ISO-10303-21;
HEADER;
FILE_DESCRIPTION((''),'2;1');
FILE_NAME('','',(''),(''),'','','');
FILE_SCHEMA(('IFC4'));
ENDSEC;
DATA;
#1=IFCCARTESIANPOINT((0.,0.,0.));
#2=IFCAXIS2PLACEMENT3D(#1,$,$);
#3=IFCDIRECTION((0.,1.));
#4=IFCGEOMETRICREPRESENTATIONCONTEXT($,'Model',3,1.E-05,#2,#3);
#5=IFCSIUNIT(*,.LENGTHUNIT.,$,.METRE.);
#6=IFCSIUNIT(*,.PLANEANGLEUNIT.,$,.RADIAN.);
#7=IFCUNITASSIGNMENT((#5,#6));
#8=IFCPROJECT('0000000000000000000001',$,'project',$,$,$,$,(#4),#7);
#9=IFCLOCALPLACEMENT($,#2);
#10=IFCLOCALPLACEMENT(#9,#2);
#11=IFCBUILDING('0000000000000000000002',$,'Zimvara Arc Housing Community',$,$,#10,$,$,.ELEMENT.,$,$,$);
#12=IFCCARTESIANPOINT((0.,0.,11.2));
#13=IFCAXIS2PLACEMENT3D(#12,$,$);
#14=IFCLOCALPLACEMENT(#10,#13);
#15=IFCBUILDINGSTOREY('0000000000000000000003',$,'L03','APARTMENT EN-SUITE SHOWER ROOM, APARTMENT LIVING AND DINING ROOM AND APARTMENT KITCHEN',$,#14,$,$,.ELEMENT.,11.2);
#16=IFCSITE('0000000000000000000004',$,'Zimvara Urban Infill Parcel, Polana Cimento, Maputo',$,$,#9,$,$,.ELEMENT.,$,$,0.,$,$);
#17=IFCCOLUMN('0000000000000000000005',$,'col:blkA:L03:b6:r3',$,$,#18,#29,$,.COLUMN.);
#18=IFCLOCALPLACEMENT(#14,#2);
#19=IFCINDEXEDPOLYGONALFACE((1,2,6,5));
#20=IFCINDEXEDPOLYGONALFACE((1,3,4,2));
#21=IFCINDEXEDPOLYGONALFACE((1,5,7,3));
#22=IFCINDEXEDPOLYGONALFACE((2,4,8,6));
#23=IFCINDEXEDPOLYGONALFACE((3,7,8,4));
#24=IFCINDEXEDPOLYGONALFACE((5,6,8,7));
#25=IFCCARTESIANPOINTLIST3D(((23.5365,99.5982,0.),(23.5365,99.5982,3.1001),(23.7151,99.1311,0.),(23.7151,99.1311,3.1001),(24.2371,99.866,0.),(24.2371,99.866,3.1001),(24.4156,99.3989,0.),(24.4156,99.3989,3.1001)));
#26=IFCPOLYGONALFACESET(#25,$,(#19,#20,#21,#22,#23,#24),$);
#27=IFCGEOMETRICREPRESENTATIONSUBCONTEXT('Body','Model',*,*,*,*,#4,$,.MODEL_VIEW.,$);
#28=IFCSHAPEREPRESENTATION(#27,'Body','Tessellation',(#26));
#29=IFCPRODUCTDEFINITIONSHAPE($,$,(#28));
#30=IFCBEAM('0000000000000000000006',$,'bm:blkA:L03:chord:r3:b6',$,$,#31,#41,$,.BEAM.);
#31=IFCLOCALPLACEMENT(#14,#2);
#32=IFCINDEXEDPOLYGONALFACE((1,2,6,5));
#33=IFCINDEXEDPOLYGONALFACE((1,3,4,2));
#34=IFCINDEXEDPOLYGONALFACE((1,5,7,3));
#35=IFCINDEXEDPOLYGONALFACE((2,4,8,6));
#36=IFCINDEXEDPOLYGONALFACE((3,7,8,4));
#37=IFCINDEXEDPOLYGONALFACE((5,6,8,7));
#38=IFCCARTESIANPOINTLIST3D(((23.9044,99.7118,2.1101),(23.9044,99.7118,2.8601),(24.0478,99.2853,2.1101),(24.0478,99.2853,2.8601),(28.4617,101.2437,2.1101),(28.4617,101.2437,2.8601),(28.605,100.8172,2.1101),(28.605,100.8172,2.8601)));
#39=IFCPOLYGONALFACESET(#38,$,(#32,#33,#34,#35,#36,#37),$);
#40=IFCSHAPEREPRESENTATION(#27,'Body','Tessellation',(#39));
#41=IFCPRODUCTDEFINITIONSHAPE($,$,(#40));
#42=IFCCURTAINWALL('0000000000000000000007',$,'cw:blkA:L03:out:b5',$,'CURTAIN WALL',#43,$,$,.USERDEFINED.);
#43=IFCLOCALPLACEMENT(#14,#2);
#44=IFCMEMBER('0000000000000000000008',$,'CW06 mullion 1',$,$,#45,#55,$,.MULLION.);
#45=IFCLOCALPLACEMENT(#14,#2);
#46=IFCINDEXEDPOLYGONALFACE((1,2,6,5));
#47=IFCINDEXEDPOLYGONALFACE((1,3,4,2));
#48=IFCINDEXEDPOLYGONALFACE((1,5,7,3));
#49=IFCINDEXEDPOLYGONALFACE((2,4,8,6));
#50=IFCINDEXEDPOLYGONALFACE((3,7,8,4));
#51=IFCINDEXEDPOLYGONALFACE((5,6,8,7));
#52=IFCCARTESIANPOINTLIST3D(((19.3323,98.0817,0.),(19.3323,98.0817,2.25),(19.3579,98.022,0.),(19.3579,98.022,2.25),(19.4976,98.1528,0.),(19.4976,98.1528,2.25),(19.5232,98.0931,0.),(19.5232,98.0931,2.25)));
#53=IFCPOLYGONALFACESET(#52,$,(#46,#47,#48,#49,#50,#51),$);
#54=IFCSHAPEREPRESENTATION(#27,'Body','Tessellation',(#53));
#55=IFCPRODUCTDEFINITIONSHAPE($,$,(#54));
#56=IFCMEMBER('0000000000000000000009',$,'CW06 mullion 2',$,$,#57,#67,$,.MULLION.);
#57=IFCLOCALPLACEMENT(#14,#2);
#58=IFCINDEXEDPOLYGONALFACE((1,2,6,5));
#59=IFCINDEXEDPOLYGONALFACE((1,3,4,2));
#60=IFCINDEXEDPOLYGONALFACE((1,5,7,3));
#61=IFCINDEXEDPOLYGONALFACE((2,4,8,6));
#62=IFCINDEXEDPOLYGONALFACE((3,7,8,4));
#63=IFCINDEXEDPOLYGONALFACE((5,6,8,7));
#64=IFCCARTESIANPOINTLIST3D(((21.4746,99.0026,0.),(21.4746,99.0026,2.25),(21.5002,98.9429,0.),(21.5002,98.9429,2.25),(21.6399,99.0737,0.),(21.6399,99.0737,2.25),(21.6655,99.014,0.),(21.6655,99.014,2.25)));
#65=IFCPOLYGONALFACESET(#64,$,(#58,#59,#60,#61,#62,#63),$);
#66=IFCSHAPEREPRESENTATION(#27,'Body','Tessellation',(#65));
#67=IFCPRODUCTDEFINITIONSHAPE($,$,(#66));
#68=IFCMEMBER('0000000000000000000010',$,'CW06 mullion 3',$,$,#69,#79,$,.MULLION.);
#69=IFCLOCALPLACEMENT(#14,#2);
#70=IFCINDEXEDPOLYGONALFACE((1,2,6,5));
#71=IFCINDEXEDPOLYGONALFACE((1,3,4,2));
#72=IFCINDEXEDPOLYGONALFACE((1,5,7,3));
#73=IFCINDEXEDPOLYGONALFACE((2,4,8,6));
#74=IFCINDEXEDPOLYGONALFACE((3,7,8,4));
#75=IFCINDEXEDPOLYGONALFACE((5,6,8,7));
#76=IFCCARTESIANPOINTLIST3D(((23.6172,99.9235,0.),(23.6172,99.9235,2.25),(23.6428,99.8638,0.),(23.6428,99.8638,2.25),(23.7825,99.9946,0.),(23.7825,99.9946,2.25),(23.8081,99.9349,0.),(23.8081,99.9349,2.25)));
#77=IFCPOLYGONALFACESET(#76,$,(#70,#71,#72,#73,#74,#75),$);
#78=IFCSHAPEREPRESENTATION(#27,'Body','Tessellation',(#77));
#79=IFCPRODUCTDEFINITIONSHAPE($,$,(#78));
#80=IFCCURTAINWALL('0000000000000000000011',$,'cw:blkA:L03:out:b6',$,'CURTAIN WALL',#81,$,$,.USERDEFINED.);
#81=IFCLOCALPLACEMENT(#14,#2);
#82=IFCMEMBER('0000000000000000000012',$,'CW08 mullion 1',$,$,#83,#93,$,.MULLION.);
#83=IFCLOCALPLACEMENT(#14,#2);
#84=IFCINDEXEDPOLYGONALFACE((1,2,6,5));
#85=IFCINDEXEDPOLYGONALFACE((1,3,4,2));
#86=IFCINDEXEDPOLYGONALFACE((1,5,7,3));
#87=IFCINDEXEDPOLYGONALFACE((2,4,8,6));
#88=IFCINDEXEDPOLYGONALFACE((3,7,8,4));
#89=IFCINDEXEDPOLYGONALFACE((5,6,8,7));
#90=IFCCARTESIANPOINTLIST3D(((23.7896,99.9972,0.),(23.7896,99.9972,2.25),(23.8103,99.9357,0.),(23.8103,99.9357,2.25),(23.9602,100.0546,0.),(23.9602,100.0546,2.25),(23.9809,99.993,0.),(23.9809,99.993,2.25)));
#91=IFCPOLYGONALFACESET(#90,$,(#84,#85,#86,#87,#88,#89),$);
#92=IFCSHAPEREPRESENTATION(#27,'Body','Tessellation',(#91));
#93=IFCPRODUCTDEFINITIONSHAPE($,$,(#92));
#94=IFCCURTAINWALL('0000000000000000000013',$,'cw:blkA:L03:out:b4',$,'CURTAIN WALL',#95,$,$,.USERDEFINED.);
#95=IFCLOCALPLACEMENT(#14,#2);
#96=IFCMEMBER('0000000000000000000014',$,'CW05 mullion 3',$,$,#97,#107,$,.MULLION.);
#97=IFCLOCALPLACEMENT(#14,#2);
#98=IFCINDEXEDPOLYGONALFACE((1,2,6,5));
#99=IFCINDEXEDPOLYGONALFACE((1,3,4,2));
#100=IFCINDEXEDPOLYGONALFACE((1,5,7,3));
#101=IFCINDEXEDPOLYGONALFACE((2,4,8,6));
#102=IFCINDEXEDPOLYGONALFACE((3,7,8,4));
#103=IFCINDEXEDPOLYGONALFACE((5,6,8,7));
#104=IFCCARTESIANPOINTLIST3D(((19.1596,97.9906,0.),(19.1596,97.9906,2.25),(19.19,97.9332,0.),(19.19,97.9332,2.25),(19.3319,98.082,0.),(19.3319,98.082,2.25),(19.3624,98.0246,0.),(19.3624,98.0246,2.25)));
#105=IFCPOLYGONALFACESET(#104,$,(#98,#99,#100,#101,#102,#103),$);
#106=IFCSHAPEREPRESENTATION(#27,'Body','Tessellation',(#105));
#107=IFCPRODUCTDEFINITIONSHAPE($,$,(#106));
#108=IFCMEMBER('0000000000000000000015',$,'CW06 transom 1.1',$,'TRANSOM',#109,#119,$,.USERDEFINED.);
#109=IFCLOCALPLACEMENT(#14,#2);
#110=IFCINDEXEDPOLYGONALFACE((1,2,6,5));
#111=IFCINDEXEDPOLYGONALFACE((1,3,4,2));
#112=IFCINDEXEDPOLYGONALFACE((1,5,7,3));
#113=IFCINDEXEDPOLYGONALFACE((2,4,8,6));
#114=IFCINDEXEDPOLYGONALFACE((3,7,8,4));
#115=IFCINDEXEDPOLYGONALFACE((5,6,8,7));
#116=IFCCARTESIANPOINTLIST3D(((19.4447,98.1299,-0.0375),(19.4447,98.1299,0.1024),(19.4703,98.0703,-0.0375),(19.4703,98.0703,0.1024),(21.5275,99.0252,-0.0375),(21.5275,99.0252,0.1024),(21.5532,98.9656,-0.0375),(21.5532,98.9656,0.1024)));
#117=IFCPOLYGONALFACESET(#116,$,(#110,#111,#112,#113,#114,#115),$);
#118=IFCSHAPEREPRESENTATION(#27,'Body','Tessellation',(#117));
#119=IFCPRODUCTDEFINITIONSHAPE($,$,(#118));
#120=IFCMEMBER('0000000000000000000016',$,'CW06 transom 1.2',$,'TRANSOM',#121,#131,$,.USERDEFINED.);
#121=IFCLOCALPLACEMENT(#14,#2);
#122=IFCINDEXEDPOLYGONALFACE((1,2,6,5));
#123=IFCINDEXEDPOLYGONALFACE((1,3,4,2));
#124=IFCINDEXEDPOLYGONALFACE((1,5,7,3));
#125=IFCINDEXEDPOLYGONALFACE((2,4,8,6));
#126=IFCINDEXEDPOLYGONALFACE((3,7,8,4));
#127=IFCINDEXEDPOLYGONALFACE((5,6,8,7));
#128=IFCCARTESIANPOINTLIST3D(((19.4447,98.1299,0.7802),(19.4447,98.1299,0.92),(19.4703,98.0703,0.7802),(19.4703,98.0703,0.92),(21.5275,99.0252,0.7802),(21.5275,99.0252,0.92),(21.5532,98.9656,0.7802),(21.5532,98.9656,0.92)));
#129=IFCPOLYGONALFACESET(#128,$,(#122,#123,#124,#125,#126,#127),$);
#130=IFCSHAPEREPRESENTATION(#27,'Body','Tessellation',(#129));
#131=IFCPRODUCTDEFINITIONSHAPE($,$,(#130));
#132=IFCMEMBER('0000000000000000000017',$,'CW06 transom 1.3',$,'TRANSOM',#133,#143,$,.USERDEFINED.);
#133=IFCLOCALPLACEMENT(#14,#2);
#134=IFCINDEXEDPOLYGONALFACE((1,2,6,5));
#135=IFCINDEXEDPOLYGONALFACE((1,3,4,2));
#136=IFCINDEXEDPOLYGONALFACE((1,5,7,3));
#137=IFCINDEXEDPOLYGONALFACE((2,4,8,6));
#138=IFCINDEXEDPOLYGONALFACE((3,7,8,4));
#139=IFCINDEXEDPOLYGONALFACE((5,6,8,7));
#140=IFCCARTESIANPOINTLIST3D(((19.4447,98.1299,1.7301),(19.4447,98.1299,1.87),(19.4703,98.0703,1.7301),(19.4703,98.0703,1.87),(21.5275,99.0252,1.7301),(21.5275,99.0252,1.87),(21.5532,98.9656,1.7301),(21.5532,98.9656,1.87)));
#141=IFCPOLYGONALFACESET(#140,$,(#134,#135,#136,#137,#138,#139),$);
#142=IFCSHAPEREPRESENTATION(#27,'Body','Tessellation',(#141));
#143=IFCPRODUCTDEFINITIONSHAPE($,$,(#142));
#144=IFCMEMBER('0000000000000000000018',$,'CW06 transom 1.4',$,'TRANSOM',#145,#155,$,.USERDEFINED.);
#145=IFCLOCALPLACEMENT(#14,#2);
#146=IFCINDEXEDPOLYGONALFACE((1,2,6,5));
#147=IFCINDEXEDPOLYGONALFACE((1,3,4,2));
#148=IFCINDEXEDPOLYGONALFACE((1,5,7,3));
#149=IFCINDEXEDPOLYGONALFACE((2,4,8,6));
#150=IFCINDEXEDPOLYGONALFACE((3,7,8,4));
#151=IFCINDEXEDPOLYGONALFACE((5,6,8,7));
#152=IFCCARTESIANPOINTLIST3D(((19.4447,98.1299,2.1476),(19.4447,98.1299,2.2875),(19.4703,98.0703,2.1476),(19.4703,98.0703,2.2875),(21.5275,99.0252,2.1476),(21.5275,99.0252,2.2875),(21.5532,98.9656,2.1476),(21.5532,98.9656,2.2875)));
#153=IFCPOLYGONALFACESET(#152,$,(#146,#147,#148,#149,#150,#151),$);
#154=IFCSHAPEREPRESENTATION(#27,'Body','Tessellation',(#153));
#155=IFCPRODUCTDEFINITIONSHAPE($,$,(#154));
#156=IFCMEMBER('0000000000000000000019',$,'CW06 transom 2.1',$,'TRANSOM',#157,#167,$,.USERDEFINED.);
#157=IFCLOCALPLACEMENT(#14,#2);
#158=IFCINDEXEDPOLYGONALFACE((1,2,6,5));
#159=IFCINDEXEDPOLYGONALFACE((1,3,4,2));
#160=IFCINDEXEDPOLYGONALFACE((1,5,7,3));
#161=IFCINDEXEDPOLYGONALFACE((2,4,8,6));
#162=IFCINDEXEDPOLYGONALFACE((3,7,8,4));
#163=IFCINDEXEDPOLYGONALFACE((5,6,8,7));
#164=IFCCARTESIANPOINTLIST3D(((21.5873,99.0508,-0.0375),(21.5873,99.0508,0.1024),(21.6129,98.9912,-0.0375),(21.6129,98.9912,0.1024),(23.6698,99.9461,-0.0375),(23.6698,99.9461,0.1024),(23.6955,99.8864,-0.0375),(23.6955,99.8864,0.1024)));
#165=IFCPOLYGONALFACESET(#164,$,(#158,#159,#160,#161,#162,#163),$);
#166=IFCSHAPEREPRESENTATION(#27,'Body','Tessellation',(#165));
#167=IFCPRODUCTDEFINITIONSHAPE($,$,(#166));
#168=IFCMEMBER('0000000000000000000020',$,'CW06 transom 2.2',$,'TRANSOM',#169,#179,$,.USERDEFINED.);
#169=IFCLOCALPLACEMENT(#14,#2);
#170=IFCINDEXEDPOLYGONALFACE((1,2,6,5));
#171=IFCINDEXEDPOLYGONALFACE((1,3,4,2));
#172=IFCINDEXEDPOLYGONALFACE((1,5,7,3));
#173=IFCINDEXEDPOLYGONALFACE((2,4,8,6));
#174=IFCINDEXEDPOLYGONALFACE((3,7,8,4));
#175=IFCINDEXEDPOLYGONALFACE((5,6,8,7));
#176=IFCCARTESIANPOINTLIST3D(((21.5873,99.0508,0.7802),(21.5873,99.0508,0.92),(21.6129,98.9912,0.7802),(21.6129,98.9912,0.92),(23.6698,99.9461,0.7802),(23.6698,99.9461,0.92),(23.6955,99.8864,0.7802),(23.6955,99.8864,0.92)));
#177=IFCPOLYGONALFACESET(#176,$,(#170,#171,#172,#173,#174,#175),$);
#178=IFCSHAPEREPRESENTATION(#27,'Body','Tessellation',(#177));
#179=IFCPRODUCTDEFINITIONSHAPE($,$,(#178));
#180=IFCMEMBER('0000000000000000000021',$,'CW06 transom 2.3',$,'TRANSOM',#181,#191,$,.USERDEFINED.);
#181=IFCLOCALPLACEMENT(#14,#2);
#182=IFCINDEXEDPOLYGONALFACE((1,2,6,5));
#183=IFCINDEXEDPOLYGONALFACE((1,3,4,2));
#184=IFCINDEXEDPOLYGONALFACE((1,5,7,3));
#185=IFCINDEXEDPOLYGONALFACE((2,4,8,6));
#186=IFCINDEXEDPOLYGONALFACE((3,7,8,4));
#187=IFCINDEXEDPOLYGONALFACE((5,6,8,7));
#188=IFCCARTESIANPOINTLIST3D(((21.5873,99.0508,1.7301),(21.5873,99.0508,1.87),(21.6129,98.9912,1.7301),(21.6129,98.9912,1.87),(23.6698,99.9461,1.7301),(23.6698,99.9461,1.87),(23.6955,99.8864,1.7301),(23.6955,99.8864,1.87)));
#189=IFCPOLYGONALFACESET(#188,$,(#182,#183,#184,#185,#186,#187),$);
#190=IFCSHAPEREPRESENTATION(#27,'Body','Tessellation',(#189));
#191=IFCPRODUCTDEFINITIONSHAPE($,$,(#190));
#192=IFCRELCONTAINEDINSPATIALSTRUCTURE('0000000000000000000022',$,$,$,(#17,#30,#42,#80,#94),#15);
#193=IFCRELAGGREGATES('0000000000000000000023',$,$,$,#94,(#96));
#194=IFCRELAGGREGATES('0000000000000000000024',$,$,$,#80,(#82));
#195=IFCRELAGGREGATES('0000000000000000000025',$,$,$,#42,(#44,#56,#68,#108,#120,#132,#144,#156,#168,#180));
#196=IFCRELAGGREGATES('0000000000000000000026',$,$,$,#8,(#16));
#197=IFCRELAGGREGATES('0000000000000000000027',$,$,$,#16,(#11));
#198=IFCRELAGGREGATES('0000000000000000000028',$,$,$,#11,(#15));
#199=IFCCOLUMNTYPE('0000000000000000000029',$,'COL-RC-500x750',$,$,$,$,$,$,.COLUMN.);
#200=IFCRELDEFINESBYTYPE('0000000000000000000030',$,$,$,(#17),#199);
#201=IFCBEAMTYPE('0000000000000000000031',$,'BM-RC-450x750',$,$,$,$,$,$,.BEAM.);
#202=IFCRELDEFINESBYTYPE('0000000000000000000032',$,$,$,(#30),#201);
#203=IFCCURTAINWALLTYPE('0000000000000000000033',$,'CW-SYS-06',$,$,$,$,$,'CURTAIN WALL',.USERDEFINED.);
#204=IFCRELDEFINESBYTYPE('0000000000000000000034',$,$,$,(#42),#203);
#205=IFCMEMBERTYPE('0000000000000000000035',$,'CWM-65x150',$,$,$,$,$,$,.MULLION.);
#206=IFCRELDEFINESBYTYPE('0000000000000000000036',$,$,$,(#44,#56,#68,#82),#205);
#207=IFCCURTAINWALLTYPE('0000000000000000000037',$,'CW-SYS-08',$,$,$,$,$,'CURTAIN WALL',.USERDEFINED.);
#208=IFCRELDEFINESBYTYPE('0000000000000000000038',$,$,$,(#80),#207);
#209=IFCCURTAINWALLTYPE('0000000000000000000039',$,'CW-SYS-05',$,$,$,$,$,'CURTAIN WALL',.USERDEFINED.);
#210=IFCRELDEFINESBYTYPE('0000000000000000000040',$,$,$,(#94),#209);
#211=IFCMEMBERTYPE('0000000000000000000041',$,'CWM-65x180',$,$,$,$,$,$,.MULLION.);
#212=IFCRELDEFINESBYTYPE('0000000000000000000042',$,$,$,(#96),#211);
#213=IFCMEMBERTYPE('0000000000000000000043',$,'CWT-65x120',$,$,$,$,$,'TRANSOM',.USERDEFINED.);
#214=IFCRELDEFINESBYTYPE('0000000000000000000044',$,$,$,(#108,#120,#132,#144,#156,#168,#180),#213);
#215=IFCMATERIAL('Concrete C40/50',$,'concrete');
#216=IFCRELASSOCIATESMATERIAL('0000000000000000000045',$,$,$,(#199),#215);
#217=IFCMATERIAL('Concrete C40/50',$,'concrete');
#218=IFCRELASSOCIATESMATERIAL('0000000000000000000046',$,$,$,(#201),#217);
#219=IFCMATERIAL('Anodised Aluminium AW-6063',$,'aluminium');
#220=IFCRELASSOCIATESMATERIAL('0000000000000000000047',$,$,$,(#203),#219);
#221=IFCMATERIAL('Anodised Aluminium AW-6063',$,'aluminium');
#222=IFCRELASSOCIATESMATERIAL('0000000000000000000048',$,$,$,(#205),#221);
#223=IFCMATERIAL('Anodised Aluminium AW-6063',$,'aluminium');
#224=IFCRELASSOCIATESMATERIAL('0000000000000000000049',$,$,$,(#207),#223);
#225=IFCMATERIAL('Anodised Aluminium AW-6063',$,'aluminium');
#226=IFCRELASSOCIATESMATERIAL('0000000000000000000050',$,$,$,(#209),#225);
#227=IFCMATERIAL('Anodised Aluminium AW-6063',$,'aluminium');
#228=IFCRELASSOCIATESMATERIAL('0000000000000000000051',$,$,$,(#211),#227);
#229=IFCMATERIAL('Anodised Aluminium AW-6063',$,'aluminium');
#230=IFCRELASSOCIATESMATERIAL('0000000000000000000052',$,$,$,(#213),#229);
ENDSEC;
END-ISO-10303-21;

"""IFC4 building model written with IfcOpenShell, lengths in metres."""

from ifc_helpers import new_model, si_unit, direction, frame, origin, origin_2d, place, context, subcontext, project, spatial, rectangle, extrude, material, material_profile, profile_set, type_object, element, aggregate, save


model = new_model("IFC4")

# Units and contexts
model_context = context("Model", 3, precision=1e-05, world=origin(), true_north=direction((0.0, 1.0)))
body_context = subcontext(model_context, "Body", "Model", "MODEL_VIEW")
ifc_project = project(units=[si_unit("LENGTHUNIT", "METRE"), si_unit("PLANEANGLEUNIT", "RADIAN")], contexts=[model_context])

# Site, building, storey
site_placement = place(None, origin())
site = spatial("IfcSite", under=ifc_project, at=site_placement, Name="Zimvara Urban Infill Parcel, Polana Cimento, Maputo", CompositionType="ELEMENT", RefElevation=0.0)
building_placement = place(site_placement, origin())
building = spatial("IfcBuilding", under=site, at=building_placement, Name="Zimvara Arc Housing Community", CompositionType="ELEMENT")
storey_placement = place(building_placement, frame((0.0, 0.0, 11.2)))
storey = spatial("IfcBuildingStorey", under=building, at=storey_placement, Name="L03", Description="APARTMENT EN-SUITE SHOWER ROOM, APARTMENT LIVING AND DINING ROOM AND APARTMENT KITCHEN", CompositionType="ELEMENT", Elevation=11.2)

# Column
ifc_material_1 = material(Name="Concrete C40/50", Category="concrete")
ifc_material_profile_1 = material_profile(ifc_material_1, rectangle(XDim=0.5, YDim=0.75, at=origin_2d()), Name="RC 500x750")
ifc_profile_set_1 = profile_set([ifc_material_profile_1], Name="Concrete C40/50")
column_type = type_object("IfcColumnType", Name="COL-RC-500x750", PredefinedType="COLUMN", material=ifc_profile_set_1)
column_placement = place(storey_placement, frame((23.9761, 99.4985, 0.0), z_axis=(0.0, 0.0, 1.0), x_axis=(-0.357064, 0.93408, 0.0)))
element("IfcColumn", 1, at=column_placement, inside=storey, type_object=column_type, Name="col:blkA:L03:b6:r3", PredefinedType="COLUMN", context=body_context, shape_type="SweptSolid", body=[
    extrude(rectangle(XDim=0.5, YDim=0.75, at=origin_2d()), origin(), (0.0, 0.0, 1.0), 3.1001),
])

# Beam
ifc_material_2 = material(Name="Concrete C40/50", Category="concrete")
ifc_material_profile_2 = material_profile(ifc_material_2, rectangle(XDim=0.45, YDim=0.75, at=origin_2d()), Name="RC 450x750")
ifc_profile_set_2 = profile_set([ifc_material_profile_2], Name="Concrete C40/50")
beam_type = type_object("IfcBeamType", Name="BM-RC-450x750", PredefinedType="BEAM", material=ifc_profile_set_2)
beam_placement = place(storey_placement, frame((23.9761, 99.4985, 2.4851), z_axis=(0.947878, 0.318634, 0.0), x_axis=(-0.318634, 0.947878, 0.0)))
element("IfcBeam", 2, at=beam_placement, inside=storey, type_object=beam_type, Name="bm:blkA:L03:chord:r3:b6", PredefinedType="BEAM", context=body_context, shape_type="SweptSolid", body=[
    extrude(rectangle(XDim=0.45, YDim=0.75, at=origin_2d()), origin(), (0.0, 0.0, 1.0), 4.8079),
])

# Curtain wall, members
ifc_material_3 = material(Name="Anodised Aluminium AW-6063", Category="aluminium")
curtain_wall_type_1 = type_object("IfcCurtainWallType", Name="CW-SYS-06", ElementType="CURTAIN WALL", PredefinedType="USERDEFINED", material=ifc_material_3)
curtain_wall_1_placement = place(storey_placement, origin())
curtain_wall_1 = element("IfcCurtainWall", 3, at=curtain_wall_1_placement, inside=storey, type_object=curtain_wall_type_1, Name="cw:blkA:L03:out:b5", ObjectType="CURTAIN WALL", PredefinedType="USERDEFINED")
ifc_material_4 = material(Name="Anodised Aluminium AW-6063", Category="aluminium")
ifc_material_profile_3 = material_profile(ifc_material_4, rectangle(XDim=0.0649, YDim=0.1799, at=origin_2d()), Name="ALU 65x180")
ifc_profile_set_3 = profile_set([ifc_material_profile_3], Name="Anodised Aluminium AW-6063")
member_type_1 = type_object("IfcMemberType", Name="CWM-65x150", PredefinedType="MULLION", material=ifc_profile_set_3)
member_1_placement = place(storey_placement, frame((19.4277, 98.0874, 0.0), z_axis=(0.0, 0.0, 1.0), x_axis=(-0.394904, 0.918722, 0.0)))
member_1 = element("IfcMember", 4, at=member_1_placement, type_object=member_type_1, Name="CW06 mullion 1", PredefinedType="MULLION", context=body_context, shape_type="SweptSolid", body=[
    extrude(rectangle(XDim=0.0649, YDim=0.1799, at=origin_2d()), origin(), (0.0, 0.0, 1.0), 2.25),
])
member_2_placement = place(storey_placement, frame((21.5701, 99.0083, 0.0), z_axis=(0.0, 0.0, 1.0), x_axis=(-0.394904, 0.918722, 0.0)))
member_2 = element("IfcMember", 5, at=member_2_placement, type_object=member_type_1, Name="CW06 mullion 2", PredefinedType="MULLION", context=body_context, shape_type="SweptSolid", body=[
    extrude(rectangle(XDim=0.0649, YDim=0.1799, at=origin_2d()), origin(), (0.0, 0.0, 1.0), 2.25),
])
member_3_placement = place(storey_placement, frame((23.7126, 99.9292, 0.0), z_axis=(0.0, 0.0, 1.0), x_axis=(-0.394904, 0.918722, 0.0)))
member_3 = element("IfcMember", 6, at=member_3_placement, type_object=member_type_1, Name="CW06 mullion 3", PredefinedType="MULLION", context=body_context, shape_type="SweptSolid", body=[
    extrude(rectangle(XDim=0.0649, YDim=0.1799, at=origin_2d()), origin(), (0.0, 0.0, 1.0), 2.25),
])

# Curtain walls, members
ifc_material_5 = material(Name="Anodised Aluminium AW-6063", Category="aluminium")
curtain_wall_type_2 = type_object("IfcCurtainWallType", Name="CW-SYS-08", ElementType="CURTAIN WALL", PredefinedType="USERDEFINED", material=ifc_material_5)
curtain_wall_2_placement = place(storey_placement, origin())
curtain_wall_2 = element("IfcCurtainWall", 7, at=curtain_wall_2_placement, inside=storey, type_object=curtain_wall_type_2, Name="cw:blkA:L03:out:b6", ObjectType="CURTAIN WALL", PredefinedType="USERDEFINED")
member_4_placement = place(storey_placement, frame((23.8853, 99.9951, 0.0), z_axis=(0.0, 0.0, 1.0), x_axis=(-0.318629, 0.94788, 0.0)))
member_4 = element("IfcMember", 8, at=member_4_placement, type_object=member_type_1, Name="CW08 mullion 1", PredefinedType="MULLION", context=body_context, shape_type="SweptSolid", body=[
    extrude(rectangle(XDim=0.0649, YDim=0.1799, at=origin_2d()), origin(), (0.0, 0.0, 1.0), 2.25),
])
ifc_material_6 = material(Name="Anodised Aluminium AW-6063", Category="aluminium")
curtain_wall_type_3 = type_object("IfcCurtainWallType", Name="CW-SYS-05", ElementType="CURTAIN WALL", PredefinedType="USERDEFINED", material=ifc_material_6)
curtain_wall_3_placement = place(storey_placement, origin())
curtain_wall_3 = element("IfcCurtainWall", 9, at=curtain_wall_3_placement, inside=storey, type_object=curtain_wall_type_3, Name="cw:blkA:L03:out:b4", ObjectType="CURTAIN WALL", PredefinedType="USERDEFINED")
ifc_material_7 = material(Name="Anodised Aluminium AW-6063", Category="aluminium")
ifc_material_profile_4 = material_profile(ifc_material_7, rectangle(XDim=0.0649, YDim=0.1951, at=origin_2d()), Name="ALU 65x195")
ifc_profile_set_4 = profile_set([ifc_material_profile_4], Name="Anodised Aluminium AW-6063")
member_type_2 = type_object("IfcMemberType", Name="CWM-65x180", PredefinedType="MULLION", material=ifc_profile_set_4)
member_5_placement = place(storey_placement, frame((19.261, 98.0076, 0.0), z_axis=(0.0, 0.0, 1.0), x_axis=(-0.468547, 0.883439, 0.0)))
member_5 = element("IfcMember", 10, at=member_5_placement, type_object=member_type_2, Name="CW05 mullion 3", PredefinedType="MULLION", context=body_context, shape_type="SweptSolid", body=[
    extrude(rectangle(XDim=0.0649, YDim=0.1951, at=origin_2d()), origin(), (0.0, 0.0, 1.0), 2.25),
])
aggregate(curtain_wall_3, [member_5])

# Members
ifc_material_8 = material(Name="Anodised Aluminium AW-6063", Category="aluminium")
ifc_material_profile_5 = material_profile(ifc_material_8, rectangle(XDim=0.0649, YDim=0.1399, at=origin_2d()), Name="ALU 65x140")
ifc_profile_set_5 = profile_set([ifc_material_profile_5], Name="Anodised Aluminium AW-6063")
member_type_3 = type_object("IfcMemberType", Name="CWT-65x120", ElementType="TRANSOM", PredefinedType="USERDEFINED", material=ifc_profile_set_5)
member_6_placement = place(storey_placement, frame((19.4575, 98.1001, 0.0325), z_axis=(0.918721, 0.394907, 0.0), x_axis=(-0.394907, 0.918721, 0.0)))
member_6 = element("IfcMember", 11, at=member_6_placement, type_object=member_type_3, Name="CW06 transom 1.1", ObjectType="TRANSOM", PredefinedType="USERDEFINED", context=body_context, shape_type="SweptSolid", body=[
    extrude(rectangle(XDim=0.0649, YDim=0.1399, at=origin_2d()), origin(), (0.0, 0.0, 1.0), 2.2671),
])
member_7_placement = place(storey_placement, frame((19.4575, 98.1001, 0.8501), z_axis=(0.918721, 0.394907, 0.0), x_axis=(-0.394907, 0.918721, 0.0)))
member_7 = element("IfcMember", 12, at=member_7_placement, type_object=member_type_3, Name="CW06 transom 1.2", ObjectType="TRANSOM", PredefinedType="USERDEFINED", context=body_context, shape_type="SweptSolid", body=[
    extrude(rectangle(XDim=0.0649, YDim=0.1399, at=origin_2d()), origin(), (0.0, 0.0, 1.0), 2.2671),
])
member_8_placement = place(storey_placement, frame((19.4575, 98.1001, 1.8), z_axis=(0.918721, 0.394907, 0.0), x_axis=(-0.394907, 0.918721, 0.0)))
member_8 = element("IfcMember", 13, at=member_8_placement, type_object=member_type_3, Name="CW06 transom 1.3", ObjectType="TRANSOM", PredefinedType="USERDEFINED", context=body_context, shape_type="SweptSolid", body=[
    extrude(rectangle(XDim=0.0649, YDim=0.1399, at=origin_2d()), origin(), (0.0, 0.0, 1.0), 2.2671),
])
member_9_placement = place(storey_placement, frame((19.4575, 98.1001, 2.2175), z_axis=(0.918721, 0.394907, 0.0), x_axis=(-0.394907, 0.918721, 0.0)))
member_9 = element("IfcMember", 14, at=member_9_placement, type_object=member_type_3, Name="CW06 transom 1.4", ObjectType="TRANSOM", PredefinedType="USERDEFINED", context=body_context, shape_type="SweptSolid", body=[
    extrude(rectangle(XDim=0.0649, YDim=0.1399, at=origin_2d()), origin(), (0.0, 0.0, 1.0), 2.2671),
])
member_10_placement = place(storey_placement, frame((21.6001, 99.021, 0.0325), z_axis=(0.918704, 0.394946, 0.0), x_axis=(-0.394946, 0.918704, 0.0)))
member_10 = element("IfcMember", 15, at=member_10_placement, type_object=member_type_3, Name="CW06 transom 2.1", ObjectType="TRANSOM", PredefinedType="USERDEFINED", context=body_context, shape_type="SweptSolid", body=[
    extrude(rectangle(XDim=0.0649, YDim=0.1399, at=origin_2d()), origin(), (0.0, 0.0, 1.0), 2.2668),
])
member_11_placement = place(storey_placement, frame((21.6001, 99.021, 0.8501), z_axis=(0.918704, 0.394946, 0.0), x_axis=(-0.394946, 0.918704, 0.0)))
member_11 = element("IfcMember", 16, at=member_11_placement, type_object=member_type_3, Name="CW06 transom 2.2", ObjectType="TRANSOM", PredefinedType="USERDEFINED", context=body_context, shape_type="SweptSolid", body=[
    extrude(rectangle(XDim=0.0649, YDim=0.1399, at=origin_2d()), origin(), (0.0, 0.0, 1.0), 2.2668),
])
member_12_placement = place(storey_placement, frame((21.6001, 99.021, 1.8), z_axis=(0.918704, 0.394946, 0.0), x_axis=(-0.394946, 0.918704, 0.0)))
member_12 = element("IfcMember", 17, at=member_12_placement, type_object=member_type_3, Name="CW06 transom 2.3", ObjectType="TRANSOM", PredefinedType="USERDEFINED", context=body_context, shape_type="SweptSolid", body=[
    extrude(rectangle(XDim=0.0649, YDim=0.1399, at=origin_2d()), origin(), (0.0, 0.0, 1.0), 2.2668),
])

aggregate(curtain_wall_2, [member_4])
aggregate(curtain_wall_1, [member_1, member_2, member_3, member_6, member_7, member_8, member_9, member_10, member_11, member_12])

save(model, "model.ifc")
